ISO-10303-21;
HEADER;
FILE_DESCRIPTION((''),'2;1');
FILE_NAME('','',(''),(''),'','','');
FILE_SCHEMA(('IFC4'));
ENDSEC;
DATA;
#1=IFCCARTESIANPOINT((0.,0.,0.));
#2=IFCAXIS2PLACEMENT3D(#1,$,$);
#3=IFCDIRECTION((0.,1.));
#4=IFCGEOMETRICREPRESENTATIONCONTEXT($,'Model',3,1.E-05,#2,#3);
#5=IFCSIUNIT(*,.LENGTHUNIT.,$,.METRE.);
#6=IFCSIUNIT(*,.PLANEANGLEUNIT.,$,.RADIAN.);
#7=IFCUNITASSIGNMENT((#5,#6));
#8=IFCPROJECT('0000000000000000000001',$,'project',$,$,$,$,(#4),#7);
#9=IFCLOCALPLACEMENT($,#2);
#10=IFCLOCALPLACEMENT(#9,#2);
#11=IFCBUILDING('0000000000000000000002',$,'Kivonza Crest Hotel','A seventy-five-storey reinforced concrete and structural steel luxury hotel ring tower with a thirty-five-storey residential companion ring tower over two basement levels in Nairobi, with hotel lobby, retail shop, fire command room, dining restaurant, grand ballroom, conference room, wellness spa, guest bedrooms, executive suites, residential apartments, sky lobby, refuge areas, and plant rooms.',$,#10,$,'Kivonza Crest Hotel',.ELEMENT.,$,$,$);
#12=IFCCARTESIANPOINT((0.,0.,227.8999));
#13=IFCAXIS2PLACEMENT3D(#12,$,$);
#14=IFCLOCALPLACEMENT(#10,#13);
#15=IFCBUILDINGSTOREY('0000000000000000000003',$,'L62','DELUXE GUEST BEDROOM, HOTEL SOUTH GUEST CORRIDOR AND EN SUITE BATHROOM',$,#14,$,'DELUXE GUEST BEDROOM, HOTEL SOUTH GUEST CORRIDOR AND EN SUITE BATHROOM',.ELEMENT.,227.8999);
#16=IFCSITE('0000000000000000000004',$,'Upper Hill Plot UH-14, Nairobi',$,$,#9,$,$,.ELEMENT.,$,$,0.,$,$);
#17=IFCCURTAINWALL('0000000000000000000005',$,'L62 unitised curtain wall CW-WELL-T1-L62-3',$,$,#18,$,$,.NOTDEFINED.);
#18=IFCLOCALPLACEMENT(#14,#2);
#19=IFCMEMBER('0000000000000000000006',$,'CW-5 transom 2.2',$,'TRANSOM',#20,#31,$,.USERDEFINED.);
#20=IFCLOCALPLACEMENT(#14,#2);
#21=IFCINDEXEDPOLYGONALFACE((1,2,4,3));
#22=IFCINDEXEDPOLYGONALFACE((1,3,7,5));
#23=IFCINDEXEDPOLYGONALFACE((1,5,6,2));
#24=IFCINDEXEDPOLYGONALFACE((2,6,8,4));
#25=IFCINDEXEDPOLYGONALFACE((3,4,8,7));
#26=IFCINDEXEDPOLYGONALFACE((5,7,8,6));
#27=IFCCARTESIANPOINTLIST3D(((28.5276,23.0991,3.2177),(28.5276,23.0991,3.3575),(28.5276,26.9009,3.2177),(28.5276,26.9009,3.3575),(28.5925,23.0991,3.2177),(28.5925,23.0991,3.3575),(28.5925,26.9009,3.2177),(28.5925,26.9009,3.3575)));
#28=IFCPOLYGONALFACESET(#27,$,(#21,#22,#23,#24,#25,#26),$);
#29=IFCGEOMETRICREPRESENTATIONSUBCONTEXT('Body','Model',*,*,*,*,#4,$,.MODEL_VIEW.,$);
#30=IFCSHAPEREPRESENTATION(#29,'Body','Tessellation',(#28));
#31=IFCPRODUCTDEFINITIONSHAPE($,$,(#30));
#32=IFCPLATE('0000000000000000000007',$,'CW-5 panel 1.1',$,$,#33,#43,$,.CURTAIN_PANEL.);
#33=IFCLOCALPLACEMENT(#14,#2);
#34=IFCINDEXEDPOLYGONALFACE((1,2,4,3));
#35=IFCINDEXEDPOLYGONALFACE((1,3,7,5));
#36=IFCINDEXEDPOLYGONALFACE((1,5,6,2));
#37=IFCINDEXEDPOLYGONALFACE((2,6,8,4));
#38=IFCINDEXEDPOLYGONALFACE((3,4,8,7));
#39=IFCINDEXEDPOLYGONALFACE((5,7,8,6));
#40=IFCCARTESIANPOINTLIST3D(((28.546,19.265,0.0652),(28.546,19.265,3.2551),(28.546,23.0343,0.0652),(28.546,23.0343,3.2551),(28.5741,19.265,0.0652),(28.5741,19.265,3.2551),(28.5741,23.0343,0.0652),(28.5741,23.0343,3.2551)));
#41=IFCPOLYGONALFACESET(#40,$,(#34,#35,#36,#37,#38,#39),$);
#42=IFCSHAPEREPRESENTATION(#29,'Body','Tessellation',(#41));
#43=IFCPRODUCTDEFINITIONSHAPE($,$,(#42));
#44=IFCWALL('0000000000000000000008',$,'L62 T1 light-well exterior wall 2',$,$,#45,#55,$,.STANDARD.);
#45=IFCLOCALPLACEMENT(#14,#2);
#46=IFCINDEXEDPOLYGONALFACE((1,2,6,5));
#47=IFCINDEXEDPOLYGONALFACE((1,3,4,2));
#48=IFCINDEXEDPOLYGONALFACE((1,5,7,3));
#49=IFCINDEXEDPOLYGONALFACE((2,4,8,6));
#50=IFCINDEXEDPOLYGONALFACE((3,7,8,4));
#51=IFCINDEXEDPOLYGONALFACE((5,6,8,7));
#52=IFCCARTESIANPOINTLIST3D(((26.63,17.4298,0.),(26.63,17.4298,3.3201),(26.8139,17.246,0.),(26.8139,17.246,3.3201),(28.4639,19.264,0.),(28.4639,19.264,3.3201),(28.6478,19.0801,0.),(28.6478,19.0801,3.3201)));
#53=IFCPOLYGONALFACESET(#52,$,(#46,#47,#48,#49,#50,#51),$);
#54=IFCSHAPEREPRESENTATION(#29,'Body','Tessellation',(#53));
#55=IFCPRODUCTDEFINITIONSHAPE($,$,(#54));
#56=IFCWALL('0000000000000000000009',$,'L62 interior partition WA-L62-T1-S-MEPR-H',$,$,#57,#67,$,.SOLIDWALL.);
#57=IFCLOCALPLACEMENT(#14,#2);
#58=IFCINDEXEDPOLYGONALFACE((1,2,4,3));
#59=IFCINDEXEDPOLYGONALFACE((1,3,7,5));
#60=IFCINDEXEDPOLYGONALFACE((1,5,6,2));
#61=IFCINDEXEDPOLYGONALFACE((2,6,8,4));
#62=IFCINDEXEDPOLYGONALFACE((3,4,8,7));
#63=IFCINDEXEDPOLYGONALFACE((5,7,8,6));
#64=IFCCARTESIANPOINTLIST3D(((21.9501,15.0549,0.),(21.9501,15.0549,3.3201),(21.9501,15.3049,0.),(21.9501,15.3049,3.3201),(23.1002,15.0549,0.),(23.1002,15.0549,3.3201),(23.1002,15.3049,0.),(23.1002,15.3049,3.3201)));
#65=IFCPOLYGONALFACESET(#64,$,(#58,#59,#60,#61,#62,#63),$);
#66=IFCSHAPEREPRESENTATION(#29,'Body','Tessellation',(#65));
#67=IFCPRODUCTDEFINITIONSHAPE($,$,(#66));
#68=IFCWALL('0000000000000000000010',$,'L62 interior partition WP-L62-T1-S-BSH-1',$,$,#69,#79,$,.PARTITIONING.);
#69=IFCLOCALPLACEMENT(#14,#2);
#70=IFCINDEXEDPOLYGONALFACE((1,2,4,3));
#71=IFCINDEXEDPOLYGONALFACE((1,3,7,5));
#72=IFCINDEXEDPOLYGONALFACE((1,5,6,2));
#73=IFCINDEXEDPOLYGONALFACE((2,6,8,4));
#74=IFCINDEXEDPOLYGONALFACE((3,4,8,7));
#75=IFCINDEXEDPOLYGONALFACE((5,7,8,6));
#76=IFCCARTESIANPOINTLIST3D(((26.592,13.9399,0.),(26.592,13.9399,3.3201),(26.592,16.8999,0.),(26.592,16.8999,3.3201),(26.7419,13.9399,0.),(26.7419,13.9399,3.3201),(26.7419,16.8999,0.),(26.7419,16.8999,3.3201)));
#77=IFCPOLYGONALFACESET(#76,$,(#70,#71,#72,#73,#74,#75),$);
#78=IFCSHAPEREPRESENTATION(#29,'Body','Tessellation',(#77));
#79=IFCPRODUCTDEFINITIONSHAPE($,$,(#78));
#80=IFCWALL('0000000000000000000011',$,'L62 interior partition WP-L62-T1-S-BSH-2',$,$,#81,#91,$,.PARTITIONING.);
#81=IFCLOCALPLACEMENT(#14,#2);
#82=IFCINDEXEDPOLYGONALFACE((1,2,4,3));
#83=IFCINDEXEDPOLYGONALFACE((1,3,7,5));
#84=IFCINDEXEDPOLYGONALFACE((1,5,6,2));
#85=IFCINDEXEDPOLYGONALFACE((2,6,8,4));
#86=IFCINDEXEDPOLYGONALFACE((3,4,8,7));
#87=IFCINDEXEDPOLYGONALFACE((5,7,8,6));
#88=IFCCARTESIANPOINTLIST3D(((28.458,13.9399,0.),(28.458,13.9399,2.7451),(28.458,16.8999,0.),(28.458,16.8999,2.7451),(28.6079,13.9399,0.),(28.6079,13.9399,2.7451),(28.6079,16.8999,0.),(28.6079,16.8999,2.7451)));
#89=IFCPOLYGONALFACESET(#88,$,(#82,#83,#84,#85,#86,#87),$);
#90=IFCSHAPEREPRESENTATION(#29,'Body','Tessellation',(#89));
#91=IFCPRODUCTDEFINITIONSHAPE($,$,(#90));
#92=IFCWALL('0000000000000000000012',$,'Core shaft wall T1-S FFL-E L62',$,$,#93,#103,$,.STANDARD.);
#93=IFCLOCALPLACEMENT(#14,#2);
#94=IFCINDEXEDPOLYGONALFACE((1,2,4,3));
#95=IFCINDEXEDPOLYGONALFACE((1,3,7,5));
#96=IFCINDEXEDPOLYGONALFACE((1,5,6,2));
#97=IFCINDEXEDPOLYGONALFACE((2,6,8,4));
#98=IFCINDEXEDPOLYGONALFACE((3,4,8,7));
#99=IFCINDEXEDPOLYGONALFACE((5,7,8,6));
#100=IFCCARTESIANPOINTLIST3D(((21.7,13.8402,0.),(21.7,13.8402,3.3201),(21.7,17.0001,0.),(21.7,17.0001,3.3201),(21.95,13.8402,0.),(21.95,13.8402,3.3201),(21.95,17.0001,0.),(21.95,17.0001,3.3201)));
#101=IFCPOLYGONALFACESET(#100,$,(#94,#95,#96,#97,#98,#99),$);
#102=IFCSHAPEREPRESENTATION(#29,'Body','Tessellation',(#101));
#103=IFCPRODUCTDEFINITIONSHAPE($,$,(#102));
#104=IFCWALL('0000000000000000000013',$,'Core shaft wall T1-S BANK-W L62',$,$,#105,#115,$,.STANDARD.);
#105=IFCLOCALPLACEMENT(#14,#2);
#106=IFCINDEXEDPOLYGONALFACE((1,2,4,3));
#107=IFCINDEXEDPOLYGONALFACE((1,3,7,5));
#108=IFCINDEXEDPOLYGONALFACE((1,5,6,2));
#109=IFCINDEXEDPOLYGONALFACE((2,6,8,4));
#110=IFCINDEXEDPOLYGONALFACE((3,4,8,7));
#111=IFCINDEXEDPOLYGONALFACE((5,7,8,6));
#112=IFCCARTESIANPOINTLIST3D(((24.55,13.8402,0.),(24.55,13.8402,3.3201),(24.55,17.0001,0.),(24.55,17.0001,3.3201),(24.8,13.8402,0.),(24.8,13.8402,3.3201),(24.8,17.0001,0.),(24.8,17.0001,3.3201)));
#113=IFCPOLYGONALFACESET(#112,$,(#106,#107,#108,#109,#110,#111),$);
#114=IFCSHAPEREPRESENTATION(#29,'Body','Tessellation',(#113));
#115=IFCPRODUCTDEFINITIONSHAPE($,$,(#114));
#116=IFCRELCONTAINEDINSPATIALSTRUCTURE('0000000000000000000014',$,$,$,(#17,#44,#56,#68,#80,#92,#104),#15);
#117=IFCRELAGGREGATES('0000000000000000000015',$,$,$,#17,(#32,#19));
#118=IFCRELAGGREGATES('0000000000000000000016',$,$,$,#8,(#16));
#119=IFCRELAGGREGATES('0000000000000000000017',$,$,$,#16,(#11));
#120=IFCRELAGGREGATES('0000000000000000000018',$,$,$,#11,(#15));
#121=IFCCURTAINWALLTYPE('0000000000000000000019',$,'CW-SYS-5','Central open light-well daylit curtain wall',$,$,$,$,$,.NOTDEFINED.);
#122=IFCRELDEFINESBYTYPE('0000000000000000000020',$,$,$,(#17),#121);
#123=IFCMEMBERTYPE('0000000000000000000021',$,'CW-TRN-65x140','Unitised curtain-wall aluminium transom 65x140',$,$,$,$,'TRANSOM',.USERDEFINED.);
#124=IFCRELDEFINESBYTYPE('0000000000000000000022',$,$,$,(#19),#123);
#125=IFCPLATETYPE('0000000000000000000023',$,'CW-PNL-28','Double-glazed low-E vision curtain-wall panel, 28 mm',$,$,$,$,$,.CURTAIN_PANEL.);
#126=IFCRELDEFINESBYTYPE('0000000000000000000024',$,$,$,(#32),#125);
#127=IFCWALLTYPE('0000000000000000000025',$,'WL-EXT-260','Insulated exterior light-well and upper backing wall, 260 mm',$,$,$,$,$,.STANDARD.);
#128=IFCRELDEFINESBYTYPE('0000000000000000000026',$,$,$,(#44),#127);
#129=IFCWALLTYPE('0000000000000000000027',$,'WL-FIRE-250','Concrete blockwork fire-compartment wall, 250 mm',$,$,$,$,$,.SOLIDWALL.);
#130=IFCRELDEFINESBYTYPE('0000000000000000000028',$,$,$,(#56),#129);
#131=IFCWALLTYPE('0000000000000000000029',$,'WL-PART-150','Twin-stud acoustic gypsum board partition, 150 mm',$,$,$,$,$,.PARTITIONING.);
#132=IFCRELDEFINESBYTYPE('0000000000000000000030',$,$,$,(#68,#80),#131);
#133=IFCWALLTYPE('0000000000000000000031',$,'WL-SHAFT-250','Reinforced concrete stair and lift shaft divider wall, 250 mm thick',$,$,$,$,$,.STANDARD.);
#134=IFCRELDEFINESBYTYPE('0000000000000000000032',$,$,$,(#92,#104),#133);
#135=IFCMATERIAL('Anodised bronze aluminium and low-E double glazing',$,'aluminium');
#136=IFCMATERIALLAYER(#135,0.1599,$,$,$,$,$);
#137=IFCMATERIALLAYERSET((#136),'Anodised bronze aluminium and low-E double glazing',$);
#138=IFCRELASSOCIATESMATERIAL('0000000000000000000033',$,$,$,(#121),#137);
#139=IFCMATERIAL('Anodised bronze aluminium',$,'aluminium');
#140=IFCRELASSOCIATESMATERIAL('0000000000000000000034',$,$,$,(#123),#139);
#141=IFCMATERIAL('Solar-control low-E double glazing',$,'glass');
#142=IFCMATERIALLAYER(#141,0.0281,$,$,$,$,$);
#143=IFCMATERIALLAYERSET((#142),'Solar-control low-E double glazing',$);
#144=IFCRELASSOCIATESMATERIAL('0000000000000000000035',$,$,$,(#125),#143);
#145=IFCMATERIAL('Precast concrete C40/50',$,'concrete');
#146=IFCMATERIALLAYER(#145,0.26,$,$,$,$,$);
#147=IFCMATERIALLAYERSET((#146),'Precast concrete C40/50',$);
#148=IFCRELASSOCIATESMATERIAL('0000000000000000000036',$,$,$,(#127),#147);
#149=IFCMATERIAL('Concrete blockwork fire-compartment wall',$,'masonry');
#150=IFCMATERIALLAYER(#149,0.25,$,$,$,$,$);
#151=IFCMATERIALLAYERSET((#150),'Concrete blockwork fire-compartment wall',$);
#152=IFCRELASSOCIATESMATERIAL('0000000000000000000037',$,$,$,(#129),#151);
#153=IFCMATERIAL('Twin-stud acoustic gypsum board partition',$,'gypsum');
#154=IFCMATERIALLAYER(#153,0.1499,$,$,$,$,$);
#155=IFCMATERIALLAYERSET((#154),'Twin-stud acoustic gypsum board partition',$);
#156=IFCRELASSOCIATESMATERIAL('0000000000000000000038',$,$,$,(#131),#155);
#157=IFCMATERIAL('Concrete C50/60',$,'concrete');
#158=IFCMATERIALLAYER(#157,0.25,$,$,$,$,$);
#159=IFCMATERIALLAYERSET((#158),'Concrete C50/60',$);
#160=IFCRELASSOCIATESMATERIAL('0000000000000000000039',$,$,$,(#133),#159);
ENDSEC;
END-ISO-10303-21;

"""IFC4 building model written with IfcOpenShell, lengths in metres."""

from ifc_helpers import new_model, si_unit, direction, frame, frame_2d, origin, origin_2d, place, context, subcontext, project, spatial, rectangle, extrude, material, layer, layer_set, material_profile, profile_set, type_object, element, aggregate, save


model = new_model("IFC4")

# Units and contexts
model_context = context("Model", 3, precision=1e-05, world=origin(), true_north=direction((0.0, 1.0)))
body_context = subcontext(model_context, "Body", "Model", "MODEL_VIEW")
ifc_project = project(units=[si_unit("LENGTHUNIT", "METRE"), si_unit("PLANEANGLEUNIT", "RADIAN")], contexts=[model_context])

# Site, building, storey
site_placement = place(None, origin())
site = spatial("IfcSite", under=ifc_project, at=site_placement, Name="Upper Hill Plot UH-14, Nairobi", CompositionType="ELEMENT", RefElevation=0.0)
building_placement = place(site_placement, origin())
building = spatial("IfcBuilding", under=site, at=building_placement, Name="Kivonza Crest Hotel", Description="A seventy-five-storey reinforced concrete and structural steel luxury hotel ring tower with a thirty-five-storey residential companion ring tower over two basement levels in Nairobi, with hotel lobby, retail shop, fire command room, dining restaurant, grand ballroom, conference room, wellness spa, guest bedrooms, executive suites, residential apartments, sky lobby, refuge areas, and plant rooms.", LongName="Kivonza Crest Hotel", CompositionType="ELEMENT")
storey_placement = place(building_placement, frame((0.0, 0.0, 227.8999)))
storey = spatial("IfcBuildingStorey", under=building, at=storey_placement, Name="L62", Description="DELUXE GUEST BEDROOM, HOTEL SOUTH GUEST CORRIDOR AND EN SUITE BATHROOM", LongName="DELUXE GUEST BEDROOM, HOTEL SOUTH GUEST CORRIDOR AND EN SUITE BATHROOM", CompositionType="ELEMENT", Elevation=227.8999)

# Shared definitions
ifc_material_1 = material(Name="Concrete C50/60", Category="concrete")

# Curtain wall, member, plate
ifc_material_2 = material(Name="Anodised bronze aluminium and low-E double glazing", Category="aluminium")
ifc_layer_1 = layer(ifc_material_2, 0.1599)
ifc_layer_set_1 = layer_set([ifc_layer_1], Name="Anodised bronze aluminium and low-E double glazing")
curtain_wall_type = type_object("IfcCurtainWallType", Name="CW-SYS-5", Description="Central open light-well daylit curtain wall", PredefinedType="NOTDEFINED", material=ifc_layer_set_1)
curtain_wall_placement = place(storey_placement, origin())
curtain_wall = element("IfcCurtainWall", 1, at=curtain_wall_placement, inside=storey, type_object=curtain_wall_type, Name="L62 unitised curtain wall CW-WELL-T1-L62-3", PredefinedType="NOTDEFINED")
ifc_material_3 = material(Name="Anodised bronze aluminium", Category="aluminium")
ifc_material_profile_1 = material_profile(ifc_material_3, rectangle(XDim=0.0649, YDim=0.1399, at=origin_2d()), Name="CW-T 65x140")
ifc_profile_set_1 = profile_set([ifc_material_profile_1], Name="Anodised bronze aluminium")
member_type_1 = type_object("IfcMemberType", Name="CW-TRN-65x140", Description="Unitised curtain-wall aluminium transom 65x140", ElementType="TRANSOM", PredefinedType="USERDEFINED", material=ifc_profile_set_1)
member_1_placement = place(storey_placement, frame((28.5601, 23.0991, 3.2876), z_axis=(0.0, 1.0, 0.0), x_axis=(-1.0, 0.0, 0.0)))
member_1 = element("IfcMember", 2, at=member_1_placement, type_object=member_type_1, Name="CW-5 transom 2.2", ObjectType="TRANSOM", PredefinedType="USERDEFINED", context=body_context, shape_type="SweptSolid", body=[
    extrude(rectangle(XDim=0.0649, YDim=0.1399, at=origin_2d()), origin(), (0.0, 0.0, 1.0), 3.8018),
])
ifc_material_4 = material(Name="Solar-control low-E double glazing", Category="glass")
ifc_layer_2 = layer(ifc_material_4, 0.0281)
ifc_layer_set_2 = layer_set([ifc_layer_2], Name="Solar-control low-E double glazing")
plate_type = type_object("IfcPlateType", Name="CW-PNL-28", Description="Double-glazed low-E vision curtain-wall panel, 28 mm", PredefinedType="CURTAIN_PANEL", material=ifc_layer_set_2)
plate_placement = place(storey_placement, frame((28.5601, 21.1497, 0.0652), z_axis=(0.0, 0.0, 1.0), x_axis=(0.0, 1.0, 0.0)))
plate = element("IfcPlate", 3, at=plate_placement, type_object=plate_type, Name="CW-5 panel 1.1", PredefinedType="CURTAIN_PANEL", context=body_context, shape_type="SweptSolid", body=[
    extrude(rectangle(XDim=3.7693, YDim=0.0281, at=origin_2d()), origin(), (0.0, 0.0, 1.0), 3.1899),
])
aggregate(curtain_wall, [plate, member_1])

# Walls
ifc_material_5 = material(Name="Precast concrete C40/50", Category="concrete")
ifc_layer_3 = layer(ifc_material_5, 0.26)
ifc_layer_set_3 = layer_set([ifc_layer_3], Name="Precast concrete C40/50")
wall_type_1 = type_object("IfcWallType", Name="WL-EXT-260", Description="Insulated exterior light-well and upper backing wall, 260 mm", PredefinedType="STANDARD", material=ifc_layer_set_3)
wall_1_placement = place(storey_placement, frame((26.7219, 17.3379, 0.0), z_axis=(0.0, 0.0, 1.0), x_axis=(0.70706, 0.707154, 0.0)))
element("IfcWall", 4, at=wall_1_placement, inside=storey, type_object=wall_type_1, Name="L62 T1 light-well exterior wall 2", PredefinedType="STANDARD", context=body_context, shape_type="SweptSolid", body=[
    extrude(rectangle(XDim=2.5938, YDim=0.26, at=frame_2d((1.2969, 0.0))), origin(), (0.0, 0.0, 1.0), 3.3201),
])
ifc_material_6 = material(Name="Concrete blockwork fire-compartment wall", Category="masonry")
ifc_layer_4 = layer(ifc_material_6, 0.25)
ifc_layer_set_4 = layer_set([ifc_layer_4], Name="Concrete blockwork fire-compartment wall")
wall_type_2 = type_object("IfcWallType", Name="WL-FIRE-250", Description="Concrete blockwork fire-compartment wall, 250 mm", PredefinedType="SOLIDWALL", material=ifc_layer_set_4)
wall_2_placement = place(storey_placement, frame((21.95, 15.1799, 0.0), z_axis=(0.0, 0.0, 1.0), x_axis=(1.0, 0.0, 0.0)))
element("IfcWall", 5, at=wall_2_placement, inside=storey, type_object=wall_type_2, Name="L62 interior partition WA-L62-T1-S-MEPR-H", PredefinedType="SOLIDWALL", context=body_context, shape_type="SweptSolid", body=[
    extrude(rectangle(XDim=1.1501, YDim=0.25, at=frame_2d((0.5752, 0.0))), origin(), (0.0, 0.0, 1.0), 3.3201),
])
ifc_material_7 = material(Name="Twin-stud acoustic gypsum board partition", Category="gypsum")
ifc_layer_5 = layer(ifc_material_7, 0.1499)
ifc_layer_set_5 = layer_set([ifc_layer_5], Name="Twin-stud acoustic gypsum board partition")
wall_type_3 = type_object("IfcWallType", Name="WL-PART-150", Description="Twin-stud acoustic gypsum board partition, 150 mm", PredefinedType="PARTITIONING", material=ifc_layer_set_5)
wall_3_placement = place(storey_placement, frame((26.667, 13.9399, 0.0), z_axis=(0.0, 0.0, 1.0), x_axis=(0.0, 1.0, 0.0)))
element("IfcWall", 6, at=wall_3_placement, inside=storey, type_object=wall_type_3, Name="L62 interior partition WP-L62-T1-S-BSH-1", PredefinedType="PARTITIONING", context=body_context, shape_type="SweptSolid", body=[
    extrude(rectangle(XDim=2.96, YDim=0.1499, at=frame_2d((1.48, 0.0))), origin(), (0.0, 0.0, 1.0), 3.3201),
])
wall_4_placement = place(storey_placement, frame((28.533, 13.9399, 0.0), z_axis=(0.0, 0.0, 1.0), x_axis=(0.0, 1.0, 0.0)))
element("IfcWall", 7, at=wall_4_placement, inside=storey, type_object=wall_type_3, Name="L62 interior partition WP-L62-T1-S-BSH-2", PredefinedType="PARTITIONING", context=body_context, shape_type="SweptSolid", body=[
    extrude(rectangle(XDim=2.96, YDim=0.1499, at=frame_2d((1.48, 0.0))), origin(), (0.0, 0.0, 1.0), 2.7451),
])
ifc_layer_6 = layer(ifc_material_1, 0.25)
ifc_layer_set_6 = layer_set([ifc_layer_6], Name="Concrete C50/60")
wall_type_4 = type_object("IfcWallType", Name="WL-SHAFT-250", Description="Reinforced concrete stair and lift shaft divider wall, 250 mm thick", PredefinedType="STANDARD", material=ifc_layer_set_6)
for number, where, z_axis, x_axis, name in (
    (8, (21.825, 13.8401, 0.0), (0.0, 0.0, 1.0), (0.0, 1.0, 0.0), "Core shaft wall T1-S FFL-E L62"),
    (9, (24.675, 13.8401, 0.0), (0.0, 0.0, 1.0), (0.0, 1.0, 0.0), "Core shaft wall T1-S BANK-W L62"),
):
    element("IfcWall", number, at=place(storey_placement, frame(where, z_axis=z_axis, x_axis=x_axis)), inside=storey, type_object=wall_type_4, Name=name, PredefinedType="STANDARD", context=body_context, shape_type="SweptSolid", body=[
        extrude(rectangle(XDim=3.1599, YDim=0.25, at=frame_2d((1.5801, 0.0))), origin(), (0.0, 0.0, 1.0), 3.3201),
    ])

save(model, "model.ifc")
